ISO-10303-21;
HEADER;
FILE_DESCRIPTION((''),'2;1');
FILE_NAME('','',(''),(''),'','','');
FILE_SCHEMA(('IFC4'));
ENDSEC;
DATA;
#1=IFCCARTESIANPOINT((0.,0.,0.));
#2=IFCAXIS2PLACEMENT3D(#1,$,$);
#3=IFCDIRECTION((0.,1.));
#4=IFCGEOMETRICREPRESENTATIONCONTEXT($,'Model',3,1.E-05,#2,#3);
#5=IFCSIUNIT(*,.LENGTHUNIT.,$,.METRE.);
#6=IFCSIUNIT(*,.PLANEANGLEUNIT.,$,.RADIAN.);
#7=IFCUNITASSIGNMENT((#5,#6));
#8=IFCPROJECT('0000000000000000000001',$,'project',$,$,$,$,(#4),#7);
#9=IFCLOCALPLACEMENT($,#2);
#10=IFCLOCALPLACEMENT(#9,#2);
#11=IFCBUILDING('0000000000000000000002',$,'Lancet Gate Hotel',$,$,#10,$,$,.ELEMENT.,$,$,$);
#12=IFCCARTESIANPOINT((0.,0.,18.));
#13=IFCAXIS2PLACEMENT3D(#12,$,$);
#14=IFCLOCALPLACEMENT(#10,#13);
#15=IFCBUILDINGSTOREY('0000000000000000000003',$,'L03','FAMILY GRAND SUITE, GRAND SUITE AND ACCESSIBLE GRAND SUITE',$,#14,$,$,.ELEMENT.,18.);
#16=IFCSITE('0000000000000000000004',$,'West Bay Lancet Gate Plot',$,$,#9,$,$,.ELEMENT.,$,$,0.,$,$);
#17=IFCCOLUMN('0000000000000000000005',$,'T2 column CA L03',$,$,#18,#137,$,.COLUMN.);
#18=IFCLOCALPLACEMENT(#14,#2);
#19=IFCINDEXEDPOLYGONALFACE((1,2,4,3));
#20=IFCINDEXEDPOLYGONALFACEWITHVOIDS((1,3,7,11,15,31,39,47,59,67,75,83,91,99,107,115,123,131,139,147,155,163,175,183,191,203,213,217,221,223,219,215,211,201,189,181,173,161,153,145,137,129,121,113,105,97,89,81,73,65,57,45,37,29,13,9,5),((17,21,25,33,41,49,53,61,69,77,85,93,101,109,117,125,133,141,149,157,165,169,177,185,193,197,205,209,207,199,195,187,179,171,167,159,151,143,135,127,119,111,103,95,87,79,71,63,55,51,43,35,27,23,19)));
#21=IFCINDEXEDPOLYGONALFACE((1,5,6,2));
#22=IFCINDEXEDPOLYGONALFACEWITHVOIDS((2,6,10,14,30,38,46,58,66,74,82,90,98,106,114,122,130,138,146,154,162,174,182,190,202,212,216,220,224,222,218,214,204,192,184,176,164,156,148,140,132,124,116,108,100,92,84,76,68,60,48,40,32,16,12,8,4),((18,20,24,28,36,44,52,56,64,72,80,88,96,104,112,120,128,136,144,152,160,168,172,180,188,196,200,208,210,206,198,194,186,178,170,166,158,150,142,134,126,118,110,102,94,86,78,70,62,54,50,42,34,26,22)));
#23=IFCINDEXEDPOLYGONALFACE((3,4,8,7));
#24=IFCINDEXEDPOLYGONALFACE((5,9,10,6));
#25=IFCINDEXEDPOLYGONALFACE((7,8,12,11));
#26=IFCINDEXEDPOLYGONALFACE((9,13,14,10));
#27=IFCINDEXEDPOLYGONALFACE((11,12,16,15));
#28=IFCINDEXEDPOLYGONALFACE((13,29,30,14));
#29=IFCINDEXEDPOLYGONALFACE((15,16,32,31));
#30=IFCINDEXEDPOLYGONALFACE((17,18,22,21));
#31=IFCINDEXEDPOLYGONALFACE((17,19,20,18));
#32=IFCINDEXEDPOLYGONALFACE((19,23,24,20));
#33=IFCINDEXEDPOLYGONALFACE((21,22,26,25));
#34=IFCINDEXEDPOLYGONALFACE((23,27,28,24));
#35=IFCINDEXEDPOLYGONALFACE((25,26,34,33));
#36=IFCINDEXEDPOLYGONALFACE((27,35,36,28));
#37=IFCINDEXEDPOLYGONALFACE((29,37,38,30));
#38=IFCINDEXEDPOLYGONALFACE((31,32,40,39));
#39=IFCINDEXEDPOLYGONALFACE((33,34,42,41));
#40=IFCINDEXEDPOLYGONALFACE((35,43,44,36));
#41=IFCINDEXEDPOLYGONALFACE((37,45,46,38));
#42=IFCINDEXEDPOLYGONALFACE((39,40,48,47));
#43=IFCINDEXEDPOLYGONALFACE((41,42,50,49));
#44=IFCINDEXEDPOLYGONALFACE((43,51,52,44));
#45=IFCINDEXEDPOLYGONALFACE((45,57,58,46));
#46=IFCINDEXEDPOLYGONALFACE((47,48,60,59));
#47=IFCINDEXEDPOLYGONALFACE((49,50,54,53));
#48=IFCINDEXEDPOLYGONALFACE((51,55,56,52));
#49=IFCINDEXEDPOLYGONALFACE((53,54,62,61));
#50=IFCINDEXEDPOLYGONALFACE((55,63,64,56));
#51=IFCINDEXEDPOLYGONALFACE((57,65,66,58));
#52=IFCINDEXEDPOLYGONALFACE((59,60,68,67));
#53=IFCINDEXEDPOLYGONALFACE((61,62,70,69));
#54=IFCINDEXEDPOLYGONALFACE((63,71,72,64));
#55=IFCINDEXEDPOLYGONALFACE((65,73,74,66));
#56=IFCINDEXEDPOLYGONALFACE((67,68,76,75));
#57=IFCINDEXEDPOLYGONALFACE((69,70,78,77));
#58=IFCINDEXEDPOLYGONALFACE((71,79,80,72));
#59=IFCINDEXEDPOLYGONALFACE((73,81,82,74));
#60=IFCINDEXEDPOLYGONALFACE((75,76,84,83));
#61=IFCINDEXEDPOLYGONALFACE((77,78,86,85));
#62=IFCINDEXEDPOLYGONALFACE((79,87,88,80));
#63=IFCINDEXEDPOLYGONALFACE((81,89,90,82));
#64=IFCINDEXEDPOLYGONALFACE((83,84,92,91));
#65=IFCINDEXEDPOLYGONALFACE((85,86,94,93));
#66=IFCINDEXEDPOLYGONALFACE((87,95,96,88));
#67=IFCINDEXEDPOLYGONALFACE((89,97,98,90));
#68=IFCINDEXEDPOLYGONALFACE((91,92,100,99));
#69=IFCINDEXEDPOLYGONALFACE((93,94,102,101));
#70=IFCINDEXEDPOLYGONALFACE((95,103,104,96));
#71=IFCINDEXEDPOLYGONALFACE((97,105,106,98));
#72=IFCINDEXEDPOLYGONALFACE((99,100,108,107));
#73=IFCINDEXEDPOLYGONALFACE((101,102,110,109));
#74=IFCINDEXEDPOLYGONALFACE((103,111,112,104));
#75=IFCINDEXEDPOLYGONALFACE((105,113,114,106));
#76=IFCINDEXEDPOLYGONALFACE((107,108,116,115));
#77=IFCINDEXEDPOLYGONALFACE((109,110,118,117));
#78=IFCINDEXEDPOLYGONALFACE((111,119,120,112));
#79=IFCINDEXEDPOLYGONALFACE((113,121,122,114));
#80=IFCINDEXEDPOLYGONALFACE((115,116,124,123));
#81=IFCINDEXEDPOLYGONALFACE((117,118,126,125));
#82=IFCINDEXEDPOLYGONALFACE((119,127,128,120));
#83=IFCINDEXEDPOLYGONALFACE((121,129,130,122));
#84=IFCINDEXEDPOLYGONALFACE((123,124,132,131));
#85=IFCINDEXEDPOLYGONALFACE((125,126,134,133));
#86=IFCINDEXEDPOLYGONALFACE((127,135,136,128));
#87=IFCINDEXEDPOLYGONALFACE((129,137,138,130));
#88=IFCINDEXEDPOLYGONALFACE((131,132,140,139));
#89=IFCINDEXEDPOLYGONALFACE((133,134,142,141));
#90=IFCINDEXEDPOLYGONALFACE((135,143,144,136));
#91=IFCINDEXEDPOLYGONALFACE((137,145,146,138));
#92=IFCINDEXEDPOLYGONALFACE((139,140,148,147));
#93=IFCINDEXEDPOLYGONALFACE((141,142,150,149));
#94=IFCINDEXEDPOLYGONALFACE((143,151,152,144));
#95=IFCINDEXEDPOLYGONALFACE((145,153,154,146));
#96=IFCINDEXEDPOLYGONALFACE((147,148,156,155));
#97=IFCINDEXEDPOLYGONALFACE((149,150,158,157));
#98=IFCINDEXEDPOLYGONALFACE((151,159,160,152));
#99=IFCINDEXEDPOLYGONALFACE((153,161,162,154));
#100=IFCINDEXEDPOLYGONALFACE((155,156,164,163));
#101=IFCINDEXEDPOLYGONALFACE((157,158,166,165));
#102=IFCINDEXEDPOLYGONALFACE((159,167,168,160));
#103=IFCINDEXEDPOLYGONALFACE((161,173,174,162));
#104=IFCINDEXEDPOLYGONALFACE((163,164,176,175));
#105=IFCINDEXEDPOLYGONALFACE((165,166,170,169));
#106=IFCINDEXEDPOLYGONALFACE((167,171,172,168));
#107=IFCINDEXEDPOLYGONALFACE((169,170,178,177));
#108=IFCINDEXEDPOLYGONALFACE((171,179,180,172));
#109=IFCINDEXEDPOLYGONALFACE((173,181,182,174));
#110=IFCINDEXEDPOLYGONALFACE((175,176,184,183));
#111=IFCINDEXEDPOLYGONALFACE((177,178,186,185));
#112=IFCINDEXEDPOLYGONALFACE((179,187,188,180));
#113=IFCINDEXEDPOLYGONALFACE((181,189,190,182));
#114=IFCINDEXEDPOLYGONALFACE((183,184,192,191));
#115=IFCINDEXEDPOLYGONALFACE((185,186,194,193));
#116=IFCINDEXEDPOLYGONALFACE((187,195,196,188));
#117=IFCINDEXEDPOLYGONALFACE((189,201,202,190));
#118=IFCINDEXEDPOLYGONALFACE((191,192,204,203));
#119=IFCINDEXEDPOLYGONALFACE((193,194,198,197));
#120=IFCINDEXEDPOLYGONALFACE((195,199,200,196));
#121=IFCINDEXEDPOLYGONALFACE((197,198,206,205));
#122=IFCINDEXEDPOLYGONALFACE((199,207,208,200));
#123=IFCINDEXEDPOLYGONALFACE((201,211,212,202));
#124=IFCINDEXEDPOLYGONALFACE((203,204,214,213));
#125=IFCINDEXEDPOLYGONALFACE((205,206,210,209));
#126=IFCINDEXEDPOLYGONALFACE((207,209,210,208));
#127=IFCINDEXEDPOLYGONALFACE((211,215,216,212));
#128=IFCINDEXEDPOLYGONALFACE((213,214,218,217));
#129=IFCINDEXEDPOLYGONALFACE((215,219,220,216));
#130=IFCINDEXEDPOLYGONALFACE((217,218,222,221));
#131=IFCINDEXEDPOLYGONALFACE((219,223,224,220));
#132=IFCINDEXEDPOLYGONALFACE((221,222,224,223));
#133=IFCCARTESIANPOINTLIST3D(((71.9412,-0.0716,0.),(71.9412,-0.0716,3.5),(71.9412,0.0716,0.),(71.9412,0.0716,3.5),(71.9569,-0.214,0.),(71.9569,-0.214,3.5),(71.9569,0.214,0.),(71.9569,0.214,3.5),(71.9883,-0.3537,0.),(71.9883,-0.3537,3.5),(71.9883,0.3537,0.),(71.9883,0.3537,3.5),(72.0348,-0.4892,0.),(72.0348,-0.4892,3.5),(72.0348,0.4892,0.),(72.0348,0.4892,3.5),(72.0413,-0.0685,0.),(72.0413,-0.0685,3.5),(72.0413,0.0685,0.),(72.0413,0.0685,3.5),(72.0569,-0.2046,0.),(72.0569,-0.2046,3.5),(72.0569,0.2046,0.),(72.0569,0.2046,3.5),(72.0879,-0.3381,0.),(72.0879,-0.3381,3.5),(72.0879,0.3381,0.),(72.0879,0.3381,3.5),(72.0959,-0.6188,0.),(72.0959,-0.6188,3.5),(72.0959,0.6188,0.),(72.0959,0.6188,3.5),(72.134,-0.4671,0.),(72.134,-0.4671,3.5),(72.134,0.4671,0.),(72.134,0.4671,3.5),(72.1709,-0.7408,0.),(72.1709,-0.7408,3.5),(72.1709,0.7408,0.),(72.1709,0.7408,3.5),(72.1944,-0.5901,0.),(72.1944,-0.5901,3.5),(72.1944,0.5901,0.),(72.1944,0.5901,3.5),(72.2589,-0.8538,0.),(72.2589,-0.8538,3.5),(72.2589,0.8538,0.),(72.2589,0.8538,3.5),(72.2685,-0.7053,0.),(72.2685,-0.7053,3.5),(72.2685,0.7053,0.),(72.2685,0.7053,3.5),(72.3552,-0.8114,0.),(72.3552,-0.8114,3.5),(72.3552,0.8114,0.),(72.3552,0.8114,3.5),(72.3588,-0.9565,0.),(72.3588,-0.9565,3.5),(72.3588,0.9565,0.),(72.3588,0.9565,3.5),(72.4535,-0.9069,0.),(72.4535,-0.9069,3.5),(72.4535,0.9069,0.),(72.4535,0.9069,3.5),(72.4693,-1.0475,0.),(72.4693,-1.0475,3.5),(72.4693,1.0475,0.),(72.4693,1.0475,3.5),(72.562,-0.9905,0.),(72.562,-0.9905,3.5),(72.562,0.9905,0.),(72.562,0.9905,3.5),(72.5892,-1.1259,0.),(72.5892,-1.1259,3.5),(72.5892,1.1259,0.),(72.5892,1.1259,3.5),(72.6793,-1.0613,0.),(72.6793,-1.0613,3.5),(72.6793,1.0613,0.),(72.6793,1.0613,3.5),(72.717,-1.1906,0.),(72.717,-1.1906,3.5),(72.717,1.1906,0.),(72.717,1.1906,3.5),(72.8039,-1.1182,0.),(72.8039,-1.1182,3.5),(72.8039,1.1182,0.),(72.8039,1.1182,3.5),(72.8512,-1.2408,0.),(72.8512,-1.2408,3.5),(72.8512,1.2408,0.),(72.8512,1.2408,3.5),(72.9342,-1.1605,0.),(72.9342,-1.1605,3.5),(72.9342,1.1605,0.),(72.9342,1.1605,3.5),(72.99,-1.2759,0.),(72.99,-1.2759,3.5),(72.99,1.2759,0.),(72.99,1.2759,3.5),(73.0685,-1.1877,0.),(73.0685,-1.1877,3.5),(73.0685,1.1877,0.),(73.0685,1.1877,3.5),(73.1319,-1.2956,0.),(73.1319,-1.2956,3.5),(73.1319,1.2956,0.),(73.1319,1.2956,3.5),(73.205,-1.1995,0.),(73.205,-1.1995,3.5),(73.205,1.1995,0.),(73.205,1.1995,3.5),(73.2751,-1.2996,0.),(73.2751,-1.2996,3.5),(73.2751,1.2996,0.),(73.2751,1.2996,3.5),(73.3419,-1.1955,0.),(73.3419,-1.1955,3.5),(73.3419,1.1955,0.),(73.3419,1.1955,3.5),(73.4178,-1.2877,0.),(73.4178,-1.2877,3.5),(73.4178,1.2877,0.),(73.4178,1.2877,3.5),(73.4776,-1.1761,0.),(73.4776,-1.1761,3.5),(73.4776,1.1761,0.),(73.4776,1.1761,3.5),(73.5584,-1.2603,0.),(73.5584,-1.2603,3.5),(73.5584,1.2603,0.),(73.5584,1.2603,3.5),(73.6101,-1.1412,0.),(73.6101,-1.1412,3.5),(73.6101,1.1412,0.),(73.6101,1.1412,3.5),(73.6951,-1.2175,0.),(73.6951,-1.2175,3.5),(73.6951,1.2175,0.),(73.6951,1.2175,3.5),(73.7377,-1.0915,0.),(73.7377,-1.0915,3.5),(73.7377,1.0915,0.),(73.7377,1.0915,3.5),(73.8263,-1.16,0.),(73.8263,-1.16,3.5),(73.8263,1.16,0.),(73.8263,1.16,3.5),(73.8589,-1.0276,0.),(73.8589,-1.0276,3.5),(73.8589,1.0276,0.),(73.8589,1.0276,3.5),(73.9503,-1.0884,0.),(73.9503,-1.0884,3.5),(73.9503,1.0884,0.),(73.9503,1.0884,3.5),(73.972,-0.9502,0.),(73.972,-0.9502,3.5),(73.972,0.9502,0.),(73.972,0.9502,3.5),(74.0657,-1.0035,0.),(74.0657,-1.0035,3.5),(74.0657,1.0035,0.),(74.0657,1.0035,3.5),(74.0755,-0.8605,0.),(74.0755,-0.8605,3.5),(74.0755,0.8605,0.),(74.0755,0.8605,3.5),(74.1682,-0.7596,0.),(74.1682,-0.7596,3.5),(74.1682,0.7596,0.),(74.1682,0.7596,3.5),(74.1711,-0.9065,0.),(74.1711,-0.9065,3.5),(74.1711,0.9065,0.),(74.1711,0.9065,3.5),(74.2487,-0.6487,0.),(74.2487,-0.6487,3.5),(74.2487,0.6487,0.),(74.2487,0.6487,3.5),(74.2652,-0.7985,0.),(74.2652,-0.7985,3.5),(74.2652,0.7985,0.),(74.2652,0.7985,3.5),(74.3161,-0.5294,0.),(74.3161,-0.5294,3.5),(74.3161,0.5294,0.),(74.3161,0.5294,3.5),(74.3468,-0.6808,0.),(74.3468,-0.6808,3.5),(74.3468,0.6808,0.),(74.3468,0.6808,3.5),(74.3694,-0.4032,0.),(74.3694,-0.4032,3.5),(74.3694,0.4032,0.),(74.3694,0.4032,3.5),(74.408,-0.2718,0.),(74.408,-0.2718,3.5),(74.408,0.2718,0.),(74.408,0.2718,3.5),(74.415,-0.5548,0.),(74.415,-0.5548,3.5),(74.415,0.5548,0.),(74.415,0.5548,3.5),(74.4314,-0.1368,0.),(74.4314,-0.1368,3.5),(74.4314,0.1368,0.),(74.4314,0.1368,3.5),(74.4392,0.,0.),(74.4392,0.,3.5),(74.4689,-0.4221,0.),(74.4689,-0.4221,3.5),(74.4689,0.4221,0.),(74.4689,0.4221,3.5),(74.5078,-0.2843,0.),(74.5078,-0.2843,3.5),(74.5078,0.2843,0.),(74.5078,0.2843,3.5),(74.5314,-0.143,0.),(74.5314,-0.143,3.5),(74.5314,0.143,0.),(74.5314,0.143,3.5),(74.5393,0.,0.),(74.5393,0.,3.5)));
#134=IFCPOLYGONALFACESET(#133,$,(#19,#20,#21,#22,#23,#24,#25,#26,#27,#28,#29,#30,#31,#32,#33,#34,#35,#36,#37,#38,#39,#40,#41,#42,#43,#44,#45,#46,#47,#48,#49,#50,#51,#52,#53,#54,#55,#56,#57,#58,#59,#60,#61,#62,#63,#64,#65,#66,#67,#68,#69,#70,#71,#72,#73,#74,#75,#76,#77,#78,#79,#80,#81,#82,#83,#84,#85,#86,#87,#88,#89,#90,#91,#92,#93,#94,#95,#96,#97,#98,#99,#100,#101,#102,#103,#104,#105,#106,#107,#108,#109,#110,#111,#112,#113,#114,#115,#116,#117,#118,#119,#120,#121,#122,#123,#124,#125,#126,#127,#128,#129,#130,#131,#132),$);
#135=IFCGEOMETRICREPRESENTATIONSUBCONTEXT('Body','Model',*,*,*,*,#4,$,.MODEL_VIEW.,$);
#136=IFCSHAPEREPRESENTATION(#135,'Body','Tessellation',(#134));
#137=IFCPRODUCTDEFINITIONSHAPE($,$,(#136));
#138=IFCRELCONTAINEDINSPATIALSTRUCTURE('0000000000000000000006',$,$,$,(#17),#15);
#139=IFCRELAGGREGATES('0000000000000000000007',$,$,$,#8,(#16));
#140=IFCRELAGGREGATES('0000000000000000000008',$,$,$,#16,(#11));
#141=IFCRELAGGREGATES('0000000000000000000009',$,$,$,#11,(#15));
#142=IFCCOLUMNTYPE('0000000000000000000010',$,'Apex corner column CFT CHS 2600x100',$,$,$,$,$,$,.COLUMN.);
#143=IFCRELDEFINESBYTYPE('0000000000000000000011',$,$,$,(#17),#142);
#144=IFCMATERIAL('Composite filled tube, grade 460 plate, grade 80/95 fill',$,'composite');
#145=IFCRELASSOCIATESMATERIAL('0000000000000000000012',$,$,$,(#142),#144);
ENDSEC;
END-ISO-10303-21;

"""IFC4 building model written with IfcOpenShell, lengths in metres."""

from ifc_helpers import new_model, si_unit, direction, frame, origin, origin_2d, place, context, subcontext, project, spatial, hollow_circle, extrude, material, material_profile, profile_set, type_object, element, save


model = new_model("IFC4")

# Units and contexts
model_context = context("Model", 3, precision=1e-05, world=origin(), true_north=direction((0.0, 1.0)))
body_context = subcontext(model_context, "Body", "Model", "MODEL_VIEW")
ifc_project = project(units=[si_unit("LENGTHUNIT", "METRE"), si_unit("PLANEANGLEUNIT", "RADIAN")], contexts=[model_context])

# Site, building, storey
site_placement = place(None, origin())
site = spatial("IfcSite", under=ifc_project, at=site_placement, Name="West Bay Lancet Gate Plot", CompositionType="ELEMENT", RefElevation=0.0)
building_placement = place(site_placement, origin())
building = spatial("IfcBuilding", under=site, at=building_placement, Name="Lancet Gate Hotel", CompositionType="ELEMENT")
storey_placement = place(building_placement, frame((0.0, 0.0, 18.0)))
storey = spatial("IfcBuildingStorey", under=building, at=storey_placement, Name="L03", Description="FAMILY GRAND SUITE, GRAND SUITE AND ACCESSIBLE GRAND SUITE", CompositionType="ELEMENT", Elevation=18.0)

# Column
ifc_material_1 = material(Name="Composite filled tube, grade 460 plate, grade 80/95 fill", Category="composite")
ifc_material_profile_1 = material_profile(ifc_material_1, hollow_circle(Radius=1.3, WallThickness=0.1001, at=origin_2d()), Name="CHS 2600x100")
ifc_profile_set_1 = profile_set([ifc_material_profile_1], Name="Composite filled tube, grade 460 plate, grade 80/95 fill")
column_type_1 = type_object("IfcColumnType", Name="Apex corner column CFT CHS 2600x100", PredefinedType="COLUMN", material=ifc_profile_set_1)
column_1_placement = place(storey_placement, frame((73.2393, 0.0, 0.0), z_axis=(0.0, 0.0, 1.0), x_axis=(1.0, 0.0, 0.0)))
element("IfcColumn", 1, at=column_1_placement, inside=storey, type_object=column_type_1, Name="T2 column CA L03", PredefinedType="COLUMN", context=body_context, shape_type="SweptSolid", body=[
    extrude(hollow_circle(Radius=1.3, WallThickness=0.1001, at=origin_2d()), origin(), (0.0, 0.0, 1.0), 3.5),
])

save(model, "model.ifc")
